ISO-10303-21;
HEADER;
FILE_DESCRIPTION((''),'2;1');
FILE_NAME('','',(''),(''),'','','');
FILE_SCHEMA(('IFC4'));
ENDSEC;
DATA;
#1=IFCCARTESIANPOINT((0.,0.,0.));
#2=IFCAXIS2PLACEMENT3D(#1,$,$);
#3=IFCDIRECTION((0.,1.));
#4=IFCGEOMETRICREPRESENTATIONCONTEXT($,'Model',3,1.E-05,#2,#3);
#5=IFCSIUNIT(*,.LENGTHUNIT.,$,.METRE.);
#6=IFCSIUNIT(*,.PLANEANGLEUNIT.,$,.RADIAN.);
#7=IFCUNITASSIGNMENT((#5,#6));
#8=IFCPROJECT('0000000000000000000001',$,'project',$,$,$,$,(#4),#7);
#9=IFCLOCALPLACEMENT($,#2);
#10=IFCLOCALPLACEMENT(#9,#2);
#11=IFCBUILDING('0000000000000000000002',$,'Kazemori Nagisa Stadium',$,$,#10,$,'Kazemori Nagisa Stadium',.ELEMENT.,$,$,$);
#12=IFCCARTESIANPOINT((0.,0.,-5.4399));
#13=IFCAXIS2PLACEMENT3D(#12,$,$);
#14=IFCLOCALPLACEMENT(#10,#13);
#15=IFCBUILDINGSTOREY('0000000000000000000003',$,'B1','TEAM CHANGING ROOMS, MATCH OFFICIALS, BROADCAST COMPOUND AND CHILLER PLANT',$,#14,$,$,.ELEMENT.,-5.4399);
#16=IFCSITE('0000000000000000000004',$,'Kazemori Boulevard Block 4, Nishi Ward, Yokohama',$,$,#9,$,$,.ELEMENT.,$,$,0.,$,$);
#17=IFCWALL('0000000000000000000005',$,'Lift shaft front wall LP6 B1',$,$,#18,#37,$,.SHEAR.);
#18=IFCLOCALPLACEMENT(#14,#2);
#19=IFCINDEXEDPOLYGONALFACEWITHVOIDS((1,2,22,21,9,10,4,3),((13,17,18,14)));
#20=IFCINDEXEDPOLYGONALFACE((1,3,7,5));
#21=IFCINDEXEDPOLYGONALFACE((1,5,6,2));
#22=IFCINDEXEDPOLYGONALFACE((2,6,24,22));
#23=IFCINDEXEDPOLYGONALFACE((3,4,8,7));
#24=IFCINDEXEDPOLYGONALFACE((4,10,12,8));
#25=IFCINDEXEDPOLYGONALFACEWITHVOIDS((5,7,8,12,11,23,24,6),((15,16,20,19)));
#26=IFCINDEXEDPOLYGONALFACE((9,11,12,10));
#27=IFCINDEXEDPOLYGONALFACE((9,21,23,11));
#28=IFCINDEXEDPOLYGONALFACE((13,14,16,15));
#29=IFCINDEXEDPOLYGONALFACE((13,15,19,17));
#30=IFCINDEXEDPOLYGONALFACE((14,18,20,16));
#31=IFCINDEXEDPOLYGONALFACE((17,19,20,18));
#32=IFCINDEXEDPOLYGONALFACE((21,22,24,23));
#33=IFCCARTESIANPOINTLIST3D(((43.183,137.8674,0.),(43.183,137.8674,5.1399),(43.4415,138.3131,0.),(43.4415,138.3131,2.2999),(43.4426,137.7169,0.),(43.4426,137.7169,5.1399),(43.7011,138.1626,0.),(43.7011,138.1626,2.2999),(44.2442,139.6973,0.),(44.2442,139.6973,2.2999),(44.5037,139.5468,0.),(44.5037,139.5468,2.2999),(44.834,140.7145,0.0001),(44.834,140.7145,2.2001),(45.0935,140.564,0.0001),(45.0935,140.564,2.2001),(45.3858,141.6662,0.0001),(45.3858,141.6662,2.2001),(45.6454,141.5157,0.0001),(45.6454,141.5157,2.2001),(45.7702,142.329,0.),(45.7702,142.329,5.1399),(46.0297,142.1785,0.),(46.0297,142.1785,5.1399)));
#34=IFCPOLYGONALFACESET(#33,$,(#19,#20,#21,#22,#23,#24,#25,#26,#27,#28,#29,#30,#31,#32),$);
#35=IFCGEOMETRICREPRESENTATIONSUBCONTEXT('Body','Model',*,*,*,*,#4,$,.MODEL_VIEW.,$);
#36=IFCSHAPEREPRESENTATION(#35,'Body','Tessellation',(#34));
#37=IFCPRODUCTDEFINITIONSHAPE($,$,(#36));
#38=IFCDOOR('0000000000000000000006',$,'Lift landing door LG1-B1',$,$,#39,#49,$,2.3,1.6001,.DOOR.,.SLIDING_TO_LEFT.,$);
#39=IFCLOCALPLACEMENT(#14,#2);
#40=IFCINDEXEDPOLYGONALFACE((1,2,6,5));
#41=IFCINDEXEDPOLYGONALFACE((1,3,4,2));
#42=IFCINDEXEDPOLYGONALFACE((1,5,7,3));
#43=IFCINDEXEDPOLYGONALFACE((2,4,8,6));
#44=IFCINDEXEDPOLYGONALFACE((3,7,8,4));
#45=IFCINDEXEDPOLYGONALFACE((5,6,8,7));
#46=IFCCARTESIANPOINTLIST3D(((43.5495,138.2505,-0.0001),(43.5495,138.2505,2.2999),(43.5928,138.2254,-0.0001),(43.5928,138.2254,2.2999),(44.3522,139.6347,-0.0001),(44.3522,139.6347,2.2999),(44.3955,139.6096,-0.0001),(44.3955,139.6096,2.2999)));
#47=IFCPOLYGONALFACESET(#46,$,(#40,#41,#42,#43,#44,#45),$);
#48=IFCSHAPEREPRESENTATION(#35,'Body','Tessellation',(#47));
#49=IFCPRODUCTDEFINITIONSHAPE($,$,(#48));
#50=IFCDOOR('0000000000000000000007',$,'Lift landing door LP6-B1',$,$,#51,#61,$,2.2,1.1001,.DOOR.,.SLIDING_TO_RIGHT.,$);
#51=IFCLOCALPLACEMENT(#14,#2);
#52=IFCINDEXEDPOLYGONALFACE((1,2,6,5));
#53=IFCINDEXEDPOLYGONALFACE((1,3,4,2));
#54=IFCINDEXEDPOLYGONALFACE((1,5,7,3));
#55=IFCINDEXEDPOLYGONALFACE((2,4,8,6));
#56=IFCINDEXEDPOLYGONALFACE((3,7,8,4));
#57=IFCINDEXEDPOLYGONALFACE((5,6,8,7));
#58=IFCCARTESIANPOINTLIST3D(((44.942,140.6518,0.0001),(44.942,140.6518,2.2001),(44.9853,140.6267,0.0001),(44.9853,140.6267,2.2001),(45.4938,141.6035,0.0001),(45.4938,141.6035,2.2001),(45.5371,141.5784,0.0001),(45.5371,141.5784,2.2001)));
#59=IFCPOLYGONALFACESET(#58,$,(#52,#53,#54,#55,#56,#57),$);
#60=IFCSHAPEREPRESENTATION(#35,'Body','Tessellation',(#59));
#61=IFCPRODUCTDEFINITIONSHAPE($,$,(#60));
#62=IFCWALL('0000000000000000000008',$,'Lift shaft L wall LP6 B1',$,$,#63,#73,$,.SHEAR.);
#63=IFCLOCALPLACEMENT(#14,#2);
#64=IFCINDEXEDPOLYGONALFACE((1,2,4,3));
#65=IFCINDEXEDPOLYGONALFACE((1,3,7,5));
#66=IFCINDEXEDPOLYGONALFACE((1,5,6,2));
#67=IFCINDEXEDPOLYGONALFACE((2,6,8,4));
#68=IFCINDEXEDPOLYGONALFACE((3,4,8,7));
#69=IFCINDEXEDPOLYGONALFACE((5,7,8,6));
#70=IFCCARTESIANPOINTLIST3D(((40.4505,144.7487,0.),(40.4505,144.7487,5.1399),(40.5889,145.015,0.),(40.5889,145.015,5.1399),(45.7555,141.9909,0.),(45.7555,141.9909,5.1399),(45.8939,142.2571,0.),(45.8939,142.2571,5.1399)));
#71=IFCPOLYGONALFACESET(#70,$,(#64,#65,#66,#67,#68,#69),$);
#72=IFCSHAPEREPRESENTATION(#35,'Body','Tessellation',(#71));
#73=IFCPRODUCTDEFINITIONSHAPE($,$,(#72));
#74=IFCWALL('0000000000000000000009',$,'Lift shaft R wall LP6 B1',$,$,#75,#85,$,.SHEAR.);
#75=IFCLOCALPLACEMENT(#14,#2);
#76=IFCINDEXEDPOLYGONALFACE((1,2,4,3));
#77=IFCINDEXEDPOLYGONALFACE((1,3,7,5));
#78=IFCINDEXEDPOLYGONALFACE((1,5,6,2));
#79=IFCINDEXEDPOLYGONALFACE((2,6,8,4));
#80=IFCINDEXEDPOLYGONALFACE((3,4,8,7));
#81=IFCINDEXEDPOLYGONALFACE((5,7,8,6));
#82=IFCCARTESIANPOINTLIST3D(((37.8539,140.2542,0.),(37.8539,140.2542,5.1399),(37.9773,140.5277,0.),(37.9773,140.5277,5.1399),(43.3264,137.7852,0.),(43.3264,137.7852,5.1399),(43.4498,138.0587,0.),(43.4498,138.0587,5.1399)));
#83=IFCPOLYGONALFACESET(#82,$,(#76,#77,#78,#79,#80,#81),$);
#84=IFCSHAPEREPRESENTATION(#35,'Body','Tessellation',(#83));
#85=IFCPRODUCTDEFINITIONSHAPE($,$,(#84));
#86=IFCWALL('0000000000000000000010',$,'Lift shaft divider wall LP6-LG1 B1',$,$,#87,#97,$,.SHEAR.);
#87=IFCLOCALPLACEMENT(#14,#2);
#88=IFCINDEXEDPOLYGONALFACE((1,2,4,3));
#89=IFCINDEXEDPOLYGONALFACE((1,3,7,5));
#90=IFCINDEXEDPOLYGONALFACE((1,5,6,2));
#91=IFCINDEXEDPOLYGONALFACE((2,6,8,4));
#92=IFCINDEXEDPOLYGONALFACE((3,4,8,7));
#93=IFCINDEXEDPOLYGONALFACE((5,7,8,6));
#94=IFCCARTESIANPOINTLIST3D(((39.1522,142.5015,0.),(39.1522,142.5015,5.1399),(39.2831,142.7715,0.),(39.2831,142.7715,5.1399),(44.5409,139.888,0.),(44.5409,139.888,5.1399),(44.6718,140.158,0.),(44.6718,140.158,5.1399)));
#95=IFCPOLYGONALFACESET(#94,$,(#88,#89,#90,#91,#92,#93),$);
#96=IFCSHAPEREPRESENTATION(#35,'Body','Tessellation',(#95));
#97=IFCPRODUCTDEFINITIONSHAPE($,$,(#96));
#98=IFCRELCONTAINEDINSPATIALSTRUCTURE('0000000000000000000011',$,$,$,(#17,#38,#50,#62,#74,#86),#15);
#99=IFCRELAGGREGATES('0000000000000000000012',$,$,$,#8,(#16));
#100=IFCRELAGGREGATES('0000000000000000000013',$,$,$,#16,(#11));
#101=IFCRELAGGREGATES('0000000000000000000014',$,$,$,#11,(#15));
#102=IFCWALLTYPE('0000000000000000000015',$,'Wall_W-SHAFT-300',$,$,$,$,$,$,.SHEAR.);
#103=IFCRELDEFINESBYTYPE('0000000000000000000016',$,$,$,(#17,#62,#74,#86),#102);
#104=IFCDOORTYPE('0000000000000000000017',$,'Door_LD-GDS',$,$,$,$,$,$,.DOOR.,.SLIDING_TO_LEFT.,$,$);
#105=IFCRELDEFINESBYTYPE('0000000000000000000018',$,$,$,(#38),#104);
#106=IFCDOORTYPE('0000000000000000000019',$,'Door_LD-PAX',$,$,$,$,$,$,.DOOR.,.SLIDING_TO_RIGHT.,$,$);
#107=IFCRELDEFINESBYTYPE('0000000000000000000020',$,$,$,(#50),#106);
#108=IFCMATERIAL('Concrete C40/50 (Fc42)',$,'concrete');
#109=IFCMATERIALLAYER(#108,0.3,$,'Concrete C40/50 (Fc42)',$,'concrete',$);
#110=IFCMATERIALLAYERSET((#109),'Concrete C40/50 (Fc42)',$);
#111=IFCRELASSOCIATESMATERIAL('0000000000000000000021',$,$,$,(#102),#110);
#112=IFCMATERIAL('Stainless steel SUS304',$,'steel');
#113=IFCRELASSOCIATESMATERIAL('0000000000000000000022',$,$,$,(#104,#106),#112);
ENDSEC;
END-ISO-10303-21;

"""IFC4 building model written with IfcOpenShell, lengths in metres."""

from ifc_helpers import new_model, si_unit, direction, frame, frame_2d, origin, place, context, subcontext, project, spatial, rectangle, extrude, material, layer, layer_set, type_object, element, fill, save


model = new_model("IFC4")

# Units and contexts
model_context = context("Model", 3, precision=1e-05, world=origin(), true_north=direction((0.0, 1.0)))
body_context = subcontext(model_context, "Body", "Model", "MODEL_VIEW")
ifc_project = project(units=[si_unit("LENGTHUNIT", "METRE"), si_unit("PLANEANGLEUNIT", "RADIAN")], contexts=[model_context])

# Site, building, storey
site_placement = place(None, origin())
site = spatial("IfcSite", under=ifc_project, at=site_placement, Name="Kazemori Boulevard Block 4, Nishi Ward, Yokohama", CompositionType="ELEMENT", RefElevation=0.0)
building_placement = place(site_placement, origin())
building = spatial("IfcBuilding", under=site, at=building_placement, Name="Kazemori Nagisa Stadium", LongName="Kazemori Nagisa Stadium", CompositionType="ELEMENT")
storey_placement = place(building_placement, frame((0.0, 0.0, -5.4399)))
storey = spatial("IfcBuildingStorey", under=building, at=storey_placement, Name="B1", Description="TEAM CHANGING ROOMS, MATCH OFFICIALS, BROADCAST COMPOUND AND CHILLER PLANT", CompositionType="ELEMENT", Elevation=-5.4399)

# Shared definitions
ifc_material_1 = material(Name="Concrete C40/50 (Fc42)", Category="concrete")

# Wall, openings, doors
ifc_layer_1 = layer(ifc_material_1, 0.3, Name="Concrete C40/50 (Fc42)", Category="concrete")
ifc_layer_set_1 = layer_set([ifc_layer_1], Name="Concrete C40/50 (Fc42)")
wall_type_1 = type_object("IfcWallType", Name="Wall_W-SHAFT-300", PredefinedType="SHEAR", material=ifc_layer_set_1)
wall_1_placement = place(storey_placement, frame((45.8999, 142.2537, 0.0), z_axis=(0.0, 0.0, 1.0), x_axis=(-0.50163, -0.865083, 0.0)))
wall_1 = element("IfcWall", 1, at=wall_1_placement, inside=storey, type_object=wall_type_1, Name="Lift shaft front wall LP6 B1", PredefinedType="SHEAR", context=body_context, shape_type="SweptSolid", body=[
    extrude(rectangle(XDim=5.1575, YDim=0.3, at=frame_2d((2.5786, 0.0))), origin(), (0.0, 0.0, 1.0), 5.1399),
])
opening_1_placement = place(wall_1_placement, frame((0.7661, 0.0, 0.0)))
opening_1 = element("IfcOpeningElement", 2, at=opening_1_placement, cuts=wall_1, PredefinedType="OPENING", context=body_context, shape_type="SweptSolid", body=[
    extrude(rectangle(XDim=1.1001, YDim=2.2, at=frame_2d((0.55, 1.1001))), frame((0.0, 0.1599, 0.0), z_axis=(0.0, -1.0, 0.0), x_axis=(1.0, 0.0, 0.0)), (0.0, 0.0, 1.0), 0.3201),
])
opening_2_placement = place(wall_1_placement, frame((3.042, 0.0, 0.0)))
opening_2 = element("IfcOpeningElement", 3, at=opening_2_placement, cuts=wall_1, PredefinedType="OPENING", context=body_context, shape_type="SweptSolid", body=[
    extrude(rectangle(XDim=1.6001, YDim=2.3, at=frame_2d((0.8, 1.1499))), frame((0.0, 0.1599, 0.0), z_axis=(0.0, -1.0, 0.0), x_axis=(1.0, 0.0, 0.0)), (0.0, 0.0, 1.0), 0.3201),
])
ifc_material_2 = material(Name="Stainless steel SUS304", Category="steel")
door_type_1 = type_object("IfcDoorType", Name="Door_LD-GDS", OperationType="SLIDING_TO_LEFT", PredefinedType="DOOR", material=ifc_material_2)
door_1_placement = place(opening_2_placement, origin())
door_1 = element("IfcDoor", 4, at=door_1_placement, inside=storey, type_object=door_type_1, Name="Lift landing door LG1-B1", OperationType="SLIDING_TO_LEFT", OverallHeight=2.3, OverallWidth=1.6001, PredefinedType="DOOR", context=body_context, shape_type="SweptSolid", body=[
    extrude(rectangle(XDim=1.6001, YDim=2.3, at=frame_2d((0.8, 1.1499))), frame((0.0, 0.0249, 0.0), z_axis=(0.0, -1.0, 0.0), x_axis=(1.0, 0.0, 0.0)), (0.0, 0.0, 1.0), 0.05),
])
fill(opening_2, door_1)
door_type_2 = type_object("IfcDoorType", Name="Door_LD-PAX", OperationType="SLIDING_TO_RIGHT", PredefinedType="DOOR", material=ifc_material_2)
door_2_placement = place(opening_1_placement, origin())
door_2 = element("IfcDoor", 5, at=door_2_placement, inside=storey, type_object=door_type_2, Name="Lift landing door LP6-B1", OperationType="SLIDING_TO_RIGHT", OverallHeight=2.2, OverallWidth=1.1001, PredefinedType="DOOR", context=body_context, shape_type="SweptSolid", body=[
    extrude(rectangle(XDim=1.1001, YDim=2.2, at=frame_2d((0.55, 1.1001))), frame((0.0, 0.0249, 0.0), z_axis=(0.0, -1.0, 0.0), x_axis=(1.0, 0.0, 0.0)), (0.0, 0.0, 1.0), 0.05),
])
fill(opening_1, door_2)

# Walls
wall_2_placement = place(storey_placement, frame((45.8247, 142.124, 0.0), z_axis=(0.0, 0.0, 1.0), x_axis=(-0.887268, 0.461254, 0.0)))
element("IfcWall", 6, at=wall_2_placement, inside=storey, type_object=wall_type_1, Name="Lift shaft L wall LP6 B1", PredefinedType="SHEAR", context=body_context, shape_type="SweptSolid", body=[
    extrude(rectangle(XDim=5.979, YDim=0.3, at=frame_2d((2.9895, 0.0))), origin(), (0.0, 0.0, 1.0), 5.1399),
])
wall_3_placement = place(storey_placement, frame((43.3882, 137.9219, 0.0), z_axis=(0.0, 0.0, 1.0), x_axis=(-0.911522, 0.411252, 0.0)))
element("IfcWall", 7, at=wall_3_placement, inside=storey, type_object=wall_type_1, Name="Lift shaft R wall LP6 B1", PredefinedType="SHEAR", context=body_context, shape_type="SweptSolid", body=[
    extrude(rectangle(XDim=6.0037, YDim=0.3, at=frame_2d((3.002, 0.0))), origin(), (0.0, 0.0, 1.0), 5.1399),
])
wall_4_placement = place(storey_placement, frame((44.6064, 140.0229, 0.0), z_axis=(0.0, 0.0, 1.0), x_axis=(-0.899759, 0.436387, 0.0)))
element("IfcWall", 8, at=wall_4_placement, inside=storey, type_object=wall_type_1, Name="Lift shaft divider wall LP6-LG1 B1", PredefinedType="SHEAR", context=body_context, shape_type="SweptSolid", body=[
    extrude(rectangle(XDim=5.989, YDim=0.3, at=frame_2d((2.9946, 0.0))), origin(), (0.0, 0.0, 1.0), 5.1399),
])

save(model, "model.ifc")
